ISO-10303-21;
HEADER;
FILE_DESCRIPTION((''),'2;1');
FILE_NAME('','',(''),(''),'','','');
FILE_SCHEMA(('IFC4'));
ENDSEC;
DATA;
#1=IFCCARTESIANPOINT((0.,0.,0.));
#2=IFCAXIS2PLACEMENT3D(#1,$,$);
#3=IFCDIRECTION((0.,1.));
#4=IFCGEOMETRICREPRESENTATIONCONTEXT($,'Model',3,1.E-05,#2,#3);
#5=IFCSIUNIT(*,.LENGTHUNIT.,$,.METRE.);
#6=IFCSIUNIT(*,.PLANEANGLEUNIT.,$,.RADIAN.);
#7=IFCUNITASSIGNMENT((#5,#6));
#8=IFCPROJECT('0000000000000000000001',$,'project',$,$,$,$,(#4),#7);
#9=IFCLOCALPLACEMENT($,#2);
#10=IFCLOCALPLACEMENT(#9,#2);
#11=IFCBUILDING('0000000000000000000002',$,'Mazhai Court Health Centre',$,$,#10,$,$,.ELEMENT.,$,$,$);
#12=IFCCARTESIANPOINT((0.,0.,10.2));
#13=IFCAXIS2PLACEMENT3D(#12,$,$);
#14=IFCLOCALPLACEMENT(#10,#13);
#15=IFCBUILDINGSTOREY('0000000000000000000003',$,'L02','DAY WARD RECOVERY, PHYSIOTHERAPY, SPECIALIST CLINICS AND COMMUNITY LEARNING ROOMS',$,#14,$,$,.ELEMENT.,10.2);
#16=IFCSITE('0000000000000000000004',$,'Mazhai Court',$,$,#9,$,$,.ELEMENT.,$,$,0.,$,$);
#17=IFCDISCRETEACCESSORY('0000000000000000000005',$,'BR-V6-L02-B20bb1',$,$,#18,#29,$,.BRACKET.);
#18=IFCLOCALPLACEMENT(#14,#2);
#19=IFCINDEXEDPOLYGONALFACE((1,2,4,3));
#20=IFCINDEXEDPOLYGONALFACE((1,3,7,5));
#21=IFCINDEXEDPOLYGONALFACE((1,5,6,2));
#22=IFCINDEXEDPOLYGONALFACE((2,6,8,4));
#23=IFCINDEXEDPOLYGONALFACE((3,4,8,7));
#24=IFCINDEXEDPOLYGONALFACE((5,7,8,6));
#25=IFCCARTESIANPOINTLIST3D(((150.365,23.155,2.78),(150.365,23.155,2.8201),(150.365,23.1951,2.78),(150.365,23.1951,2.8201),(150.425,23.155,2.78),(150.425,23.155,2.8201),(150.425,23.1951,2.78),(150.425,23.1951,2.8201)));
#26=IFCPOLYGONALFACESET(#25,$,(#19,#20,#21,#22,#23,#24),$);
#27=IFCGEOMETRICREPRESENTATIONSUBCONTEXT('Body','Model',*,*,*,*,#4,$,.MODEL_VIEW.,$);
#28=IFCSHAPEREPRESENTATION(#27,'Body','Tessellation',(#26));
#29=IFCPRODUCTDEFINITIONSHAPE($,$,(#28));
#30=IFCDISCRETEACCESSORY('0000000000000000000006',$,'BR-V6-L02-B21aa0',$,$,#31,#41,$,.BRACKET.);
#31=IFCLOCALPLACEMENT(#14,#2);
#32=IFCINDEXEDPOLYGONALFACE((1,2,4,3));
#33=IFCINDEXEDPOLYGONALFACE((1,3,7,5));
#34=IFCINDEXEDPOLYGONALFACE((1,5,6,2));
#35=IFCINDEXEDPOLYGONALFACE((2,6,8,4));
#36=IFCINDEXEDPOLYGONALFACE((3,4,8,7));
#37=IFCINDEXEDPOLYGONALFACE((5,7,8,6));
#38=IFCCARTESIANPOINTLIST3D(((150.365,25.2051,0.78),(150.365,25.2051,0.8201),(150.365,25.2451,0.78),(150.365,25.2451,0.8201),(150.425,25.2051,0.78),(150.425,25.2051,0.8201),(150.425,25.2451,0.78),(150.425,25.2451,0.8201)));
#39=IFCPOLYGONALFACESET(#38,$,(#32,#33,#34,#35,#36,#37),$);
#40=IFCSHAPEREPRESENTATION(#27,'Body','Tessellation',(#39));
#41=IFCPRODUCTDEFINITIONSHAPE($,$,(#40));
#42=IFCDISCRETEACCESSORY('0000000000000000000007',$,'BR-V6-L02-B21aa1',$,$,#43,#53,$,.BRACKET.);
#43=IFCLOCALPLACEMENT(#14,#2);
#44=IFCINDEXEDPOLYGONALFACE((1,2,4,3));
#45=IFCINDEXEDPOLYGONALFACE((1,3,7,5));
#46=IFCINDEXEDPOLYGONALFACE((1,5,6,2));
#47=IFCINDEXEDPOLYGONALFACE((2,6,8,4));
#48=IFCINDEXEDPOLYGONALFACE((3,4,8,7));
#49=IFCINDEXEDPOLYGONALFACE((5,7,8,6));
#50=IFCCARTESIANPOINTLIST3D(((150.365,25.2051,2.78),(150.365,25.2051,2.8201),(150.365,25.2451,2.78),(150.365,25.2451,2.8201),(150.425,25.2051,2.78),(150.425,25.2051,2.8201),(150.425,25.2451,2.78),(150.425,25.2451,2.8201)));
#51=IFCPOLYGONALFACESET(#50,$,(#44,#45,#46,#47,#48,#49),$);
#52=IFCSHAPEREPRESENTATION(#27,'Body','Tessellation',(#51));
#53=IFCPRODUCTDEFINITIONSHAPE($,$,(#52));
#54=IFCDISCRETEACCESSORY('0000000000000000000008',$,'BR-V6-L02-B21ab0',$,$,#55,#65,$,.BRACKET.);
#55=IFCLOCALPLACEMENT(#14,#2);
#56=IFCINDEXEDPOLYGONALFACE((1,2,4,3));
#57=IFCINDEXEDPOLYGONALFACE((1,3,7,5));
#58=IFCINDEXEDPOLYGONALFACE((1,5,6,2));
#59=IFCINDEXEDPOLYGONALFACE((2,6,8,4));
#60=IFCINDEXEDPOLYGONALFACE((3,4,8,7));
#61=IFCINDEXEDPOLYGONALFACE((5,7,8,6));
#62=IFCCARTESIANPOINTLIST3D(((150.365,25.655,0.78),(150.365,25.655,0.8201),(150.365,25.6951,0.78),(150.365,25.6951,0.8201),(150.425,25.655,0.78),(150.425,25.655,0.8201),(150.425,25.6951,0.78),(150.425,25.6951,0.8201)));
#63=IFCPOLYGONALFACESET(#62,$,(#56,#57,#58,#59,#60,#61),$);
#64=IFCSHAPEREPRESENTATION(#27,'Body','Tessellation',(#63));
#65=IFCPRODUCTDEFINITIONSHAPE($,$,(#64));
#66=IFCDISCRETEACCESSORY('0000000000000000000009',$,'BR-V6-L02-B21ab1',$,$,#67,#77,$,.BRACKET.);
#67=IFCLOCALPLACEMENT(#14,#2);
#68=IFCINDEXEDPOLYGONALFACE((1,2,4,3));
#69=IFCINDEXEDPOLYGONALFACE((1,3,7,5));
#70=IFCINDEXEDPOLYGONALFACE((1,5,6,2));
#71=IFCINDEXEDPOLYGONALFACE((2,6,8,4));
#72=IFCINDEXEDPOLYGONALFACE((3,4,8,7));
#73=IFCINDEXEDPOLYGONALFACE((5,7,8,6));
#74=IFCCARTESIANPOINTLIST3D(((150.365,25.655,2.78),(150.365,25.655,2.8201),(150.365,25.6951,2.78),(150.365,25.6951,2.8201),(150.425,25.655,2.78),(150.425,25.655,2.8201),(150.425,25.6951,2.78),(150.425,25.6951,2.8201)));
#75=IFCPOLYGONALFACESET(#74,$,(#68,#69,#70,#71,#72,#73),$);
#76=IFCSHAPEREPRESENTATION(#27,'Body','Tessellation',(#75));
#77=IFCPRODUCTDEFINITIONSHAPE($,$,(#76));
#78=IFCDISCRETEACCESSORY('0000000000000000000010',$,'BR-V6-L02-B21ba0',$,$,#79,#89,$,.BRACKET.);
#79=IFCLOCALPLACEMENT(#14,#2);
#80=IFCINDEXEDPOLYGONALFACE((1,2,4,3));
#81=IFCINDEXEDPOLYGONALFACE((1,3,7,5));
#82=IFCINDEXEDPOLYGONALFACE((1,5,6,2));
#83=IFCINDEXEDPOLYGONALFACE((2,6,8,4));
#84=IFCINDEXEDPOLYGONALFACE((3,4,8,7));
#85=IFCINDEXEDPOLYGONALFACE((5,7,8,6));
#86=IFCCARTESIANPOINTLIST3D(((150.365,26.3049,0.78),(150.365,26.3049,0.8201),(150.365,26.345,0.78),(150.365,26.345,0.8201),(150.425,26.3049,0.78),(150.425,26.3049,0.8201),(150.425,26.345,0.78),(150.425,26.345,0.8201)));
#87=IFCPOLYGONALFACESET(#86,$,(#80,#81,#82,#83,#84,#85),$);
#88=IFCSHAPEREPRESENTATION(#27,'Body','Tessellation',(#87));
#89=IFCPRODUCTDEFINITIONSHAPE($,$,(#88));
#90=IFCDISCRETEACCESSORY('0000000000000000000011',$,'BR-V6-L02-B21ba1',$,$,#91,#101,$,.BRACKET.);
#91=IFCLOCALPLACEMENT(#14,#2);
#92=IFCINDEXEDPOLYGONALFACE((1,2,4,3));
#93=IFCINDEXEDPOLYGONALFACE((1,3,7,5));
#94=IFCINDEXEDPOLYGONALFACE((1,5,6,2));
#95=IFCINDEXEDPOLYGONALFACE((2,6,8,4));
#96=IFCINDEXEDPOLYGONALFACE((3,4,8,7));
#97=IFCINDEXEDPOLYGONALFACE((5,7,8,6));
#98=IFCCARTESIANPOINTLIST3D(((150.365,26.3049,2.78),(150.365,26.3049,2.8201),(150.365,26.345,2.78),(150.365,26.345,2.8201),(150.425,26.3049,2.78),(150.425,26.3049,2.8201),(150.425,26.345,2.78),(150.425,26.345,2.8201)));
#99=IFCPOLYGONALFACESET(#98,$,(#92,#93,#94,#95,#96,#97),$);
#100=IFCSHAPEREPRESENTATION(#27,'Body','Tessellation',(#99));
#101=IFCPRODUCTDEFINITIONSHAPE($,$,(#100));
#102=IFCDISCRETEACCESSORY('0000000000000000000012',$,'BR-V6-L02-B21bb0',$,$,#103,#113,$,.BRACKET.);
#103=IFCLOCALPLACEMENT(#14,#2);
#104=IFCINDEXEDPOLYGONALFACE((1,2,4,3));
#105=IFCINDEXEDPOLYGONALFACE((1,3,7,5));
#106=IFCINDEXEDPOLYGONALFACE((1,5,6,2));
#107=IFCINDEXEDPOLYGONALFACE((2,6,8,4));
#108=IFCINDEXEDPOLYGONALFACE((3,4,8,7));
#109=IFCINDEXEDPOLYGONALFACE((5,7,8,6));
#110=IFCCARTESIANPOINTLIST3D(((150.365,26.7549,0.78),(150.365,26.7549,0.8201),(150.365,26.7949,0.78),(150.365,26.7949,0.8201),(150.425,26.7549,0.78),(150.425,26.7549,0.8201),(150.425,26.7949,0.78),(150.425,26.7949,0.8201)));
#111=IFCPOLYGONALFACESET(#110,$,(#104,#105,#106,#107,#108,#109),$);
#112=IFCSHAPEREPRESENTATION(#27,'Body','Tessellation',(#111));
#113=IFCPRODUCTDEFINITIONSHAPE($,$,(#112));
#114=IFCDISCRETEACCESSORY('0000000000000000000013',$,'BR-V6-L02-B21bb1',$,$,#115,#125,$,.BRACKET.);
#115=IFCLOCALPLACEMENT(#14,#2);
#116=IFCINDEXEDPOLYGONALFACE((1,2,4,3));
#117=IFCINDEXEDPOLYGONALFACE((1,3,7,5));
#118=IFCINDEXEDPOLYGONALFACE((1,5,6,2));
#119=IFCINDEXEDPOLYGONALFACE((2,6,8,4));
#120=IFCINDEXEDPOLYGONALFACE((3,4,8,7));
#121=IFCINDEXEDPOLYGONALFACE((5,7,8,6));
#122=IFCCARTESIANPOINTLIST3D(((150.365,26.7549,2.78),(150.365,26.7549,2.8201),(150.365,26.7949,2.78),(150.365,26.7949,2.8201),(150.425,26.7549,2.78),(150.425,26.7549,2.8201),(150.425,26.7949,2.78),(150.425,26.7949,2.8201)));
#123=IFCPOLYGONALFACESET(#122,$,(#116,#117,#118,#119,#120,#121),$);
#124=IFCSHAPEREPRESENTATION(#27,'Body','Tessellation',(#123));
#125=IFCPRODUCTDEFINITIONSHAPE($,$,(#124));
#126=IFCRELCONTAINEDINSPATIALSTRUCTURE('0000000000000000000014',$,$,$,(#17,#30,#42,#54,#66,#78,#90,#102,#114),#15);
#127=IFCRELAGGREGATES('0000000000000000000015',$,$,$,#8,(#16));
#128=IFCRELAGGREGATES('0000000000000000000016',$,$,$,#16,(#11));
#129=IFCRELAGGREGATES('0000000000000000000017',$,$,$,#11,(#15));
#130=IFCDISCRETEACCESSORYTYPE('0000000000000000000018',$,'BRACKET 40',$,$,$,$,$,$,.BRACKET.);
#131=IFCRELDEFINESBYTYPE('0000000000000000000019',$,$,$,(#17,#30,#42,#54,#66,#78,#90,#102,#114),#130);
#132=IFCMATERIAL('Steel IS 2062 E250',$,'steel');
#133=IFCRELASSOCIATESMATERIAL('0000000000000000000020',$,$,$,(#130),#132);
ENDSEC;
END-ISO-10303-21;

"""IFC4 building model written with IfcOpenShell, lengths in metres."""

from ifc_helpers import new_model, si_unit, direction, frame, origin, origin_2d, place, context, subcontext, project, spatial, rectangle, extrude, material, type_object, element, save


model = new_model("IFC4")

# Units and contexts
model_context = context("Model", 3, precision=1e-05, world=origin(), true_north=direction((0.0, 1.0)))
body_context = subcontext(model_context, "Body", "Model", "MODEL_VIEW")
ifc_project = project(units=[si_unit("LENGTHUNIT", "METRE"), si_unit("PLANEANGLEUNIT", "RADIAN")], contexts=[model_context])

# Site, building, storey
site_placement = place(None, origin())
site = spatial("IfcSite", under=ifc_project, at=site_placement, Name="Mazhai Court", CompositionType="ELEMENT", RefElevation=0.0)
building_placement = place(site_placement, origin())
building = spatial("IfcBuilding", under=site, at=building_placement, Name="Mazhai Court Health Centre", CompositionType="ELEMENT")
storey_placement = place(building_placement, frame((0.0, 0.0, 10.2)))
storey = spatial("IfcBuildingStorey", under=building, at=storey_placement, Name="L02", Description="DAY WARD RECOVERY, PHYSIOTHERAPY, SPECIALIST CLINICS AND COMMUNITY LEARNING ROOMS", CompositionType="ELEMENT", Elevation=10.2)

# Discrete accessories
ifc_material_1 = material(Name="Steel IS 2062 E250", Category="steel")
discrete_accessory_type = type_object("IfcDiscreteAccessoryType", Name="BRACKET 40", PredefinedType="BRACKET", material=ifc_material_1)
for number, where, z_axis, x_axis, name in (
    (1, (150.395, 23.175, 2.78), (0.0, 0.0, 1.0), (0.0, 1.0, 0.0), "BR-V6-L02-B20bb1"),
    (2, (150.395, 25.2251, 0.78), (0.0, 0.0, 1.0), (0.0, 1.0, 0.0), "BR-V6-L02-B21aa0"),
    (3, (150.395, 25.2251, 2.78), (0.0, 0.0, 1.0), (0.0, 1.0, 0.0), "BR-V6-L02-B21aa1"),
    (4, (150.395, 25.675, 0.78), (0.0, 0.0, 1.0), (0.0, 1.0, 0.0), "BR-V6-L02-B21ab0"),
    (5, (150.395, 25.675, 2.78), (0.0, 0.0, 1.0), (0.0, 1.0, 0.0), "BR-V6-L02-B21ab1"),
    (6, (150.395, 26.325, 0.78), (0.0, 0.0, 1.0), (0.0, 1.0, 0.0), "BR-V6-L02-B21ba0"),
    (7, (150.395, 26.325, 2.78), (0.0, 0.0, 1.0), (0.0, 1.0, 0.0), "BR-V6-L02-B21ba1"),
    (8, (150.395, 26.7749, 0.78), (0.0, 0.0, 1.0), (0.0, 1.0, 0.0), "BR-V6-L02-B21bb0"),
    (9, (150.395, 26.7749, 2.78), (0.0, 0.0, 1.0), (0.0, 1.0, 0.0), "BR-V6-L02-B21bb1"),
):
    element("IfcDiscreteAccessory", number, at=place(storey_placement, frame(where, z_axis=z_axis, x_axis=x_axis)), inside=storey, type_object=discrete_accessory_type, Name=name, PredefinedType="BRACKET", context=body_context, shape_type="SweptSolid", body=[
        extrude(rectangle(XDim=0.04, YDim=0.0601, at=origin_2d()), origin(), (0.0, 0.0, 1.0), 0.04),
    ])

save(model, "model.ifc")
